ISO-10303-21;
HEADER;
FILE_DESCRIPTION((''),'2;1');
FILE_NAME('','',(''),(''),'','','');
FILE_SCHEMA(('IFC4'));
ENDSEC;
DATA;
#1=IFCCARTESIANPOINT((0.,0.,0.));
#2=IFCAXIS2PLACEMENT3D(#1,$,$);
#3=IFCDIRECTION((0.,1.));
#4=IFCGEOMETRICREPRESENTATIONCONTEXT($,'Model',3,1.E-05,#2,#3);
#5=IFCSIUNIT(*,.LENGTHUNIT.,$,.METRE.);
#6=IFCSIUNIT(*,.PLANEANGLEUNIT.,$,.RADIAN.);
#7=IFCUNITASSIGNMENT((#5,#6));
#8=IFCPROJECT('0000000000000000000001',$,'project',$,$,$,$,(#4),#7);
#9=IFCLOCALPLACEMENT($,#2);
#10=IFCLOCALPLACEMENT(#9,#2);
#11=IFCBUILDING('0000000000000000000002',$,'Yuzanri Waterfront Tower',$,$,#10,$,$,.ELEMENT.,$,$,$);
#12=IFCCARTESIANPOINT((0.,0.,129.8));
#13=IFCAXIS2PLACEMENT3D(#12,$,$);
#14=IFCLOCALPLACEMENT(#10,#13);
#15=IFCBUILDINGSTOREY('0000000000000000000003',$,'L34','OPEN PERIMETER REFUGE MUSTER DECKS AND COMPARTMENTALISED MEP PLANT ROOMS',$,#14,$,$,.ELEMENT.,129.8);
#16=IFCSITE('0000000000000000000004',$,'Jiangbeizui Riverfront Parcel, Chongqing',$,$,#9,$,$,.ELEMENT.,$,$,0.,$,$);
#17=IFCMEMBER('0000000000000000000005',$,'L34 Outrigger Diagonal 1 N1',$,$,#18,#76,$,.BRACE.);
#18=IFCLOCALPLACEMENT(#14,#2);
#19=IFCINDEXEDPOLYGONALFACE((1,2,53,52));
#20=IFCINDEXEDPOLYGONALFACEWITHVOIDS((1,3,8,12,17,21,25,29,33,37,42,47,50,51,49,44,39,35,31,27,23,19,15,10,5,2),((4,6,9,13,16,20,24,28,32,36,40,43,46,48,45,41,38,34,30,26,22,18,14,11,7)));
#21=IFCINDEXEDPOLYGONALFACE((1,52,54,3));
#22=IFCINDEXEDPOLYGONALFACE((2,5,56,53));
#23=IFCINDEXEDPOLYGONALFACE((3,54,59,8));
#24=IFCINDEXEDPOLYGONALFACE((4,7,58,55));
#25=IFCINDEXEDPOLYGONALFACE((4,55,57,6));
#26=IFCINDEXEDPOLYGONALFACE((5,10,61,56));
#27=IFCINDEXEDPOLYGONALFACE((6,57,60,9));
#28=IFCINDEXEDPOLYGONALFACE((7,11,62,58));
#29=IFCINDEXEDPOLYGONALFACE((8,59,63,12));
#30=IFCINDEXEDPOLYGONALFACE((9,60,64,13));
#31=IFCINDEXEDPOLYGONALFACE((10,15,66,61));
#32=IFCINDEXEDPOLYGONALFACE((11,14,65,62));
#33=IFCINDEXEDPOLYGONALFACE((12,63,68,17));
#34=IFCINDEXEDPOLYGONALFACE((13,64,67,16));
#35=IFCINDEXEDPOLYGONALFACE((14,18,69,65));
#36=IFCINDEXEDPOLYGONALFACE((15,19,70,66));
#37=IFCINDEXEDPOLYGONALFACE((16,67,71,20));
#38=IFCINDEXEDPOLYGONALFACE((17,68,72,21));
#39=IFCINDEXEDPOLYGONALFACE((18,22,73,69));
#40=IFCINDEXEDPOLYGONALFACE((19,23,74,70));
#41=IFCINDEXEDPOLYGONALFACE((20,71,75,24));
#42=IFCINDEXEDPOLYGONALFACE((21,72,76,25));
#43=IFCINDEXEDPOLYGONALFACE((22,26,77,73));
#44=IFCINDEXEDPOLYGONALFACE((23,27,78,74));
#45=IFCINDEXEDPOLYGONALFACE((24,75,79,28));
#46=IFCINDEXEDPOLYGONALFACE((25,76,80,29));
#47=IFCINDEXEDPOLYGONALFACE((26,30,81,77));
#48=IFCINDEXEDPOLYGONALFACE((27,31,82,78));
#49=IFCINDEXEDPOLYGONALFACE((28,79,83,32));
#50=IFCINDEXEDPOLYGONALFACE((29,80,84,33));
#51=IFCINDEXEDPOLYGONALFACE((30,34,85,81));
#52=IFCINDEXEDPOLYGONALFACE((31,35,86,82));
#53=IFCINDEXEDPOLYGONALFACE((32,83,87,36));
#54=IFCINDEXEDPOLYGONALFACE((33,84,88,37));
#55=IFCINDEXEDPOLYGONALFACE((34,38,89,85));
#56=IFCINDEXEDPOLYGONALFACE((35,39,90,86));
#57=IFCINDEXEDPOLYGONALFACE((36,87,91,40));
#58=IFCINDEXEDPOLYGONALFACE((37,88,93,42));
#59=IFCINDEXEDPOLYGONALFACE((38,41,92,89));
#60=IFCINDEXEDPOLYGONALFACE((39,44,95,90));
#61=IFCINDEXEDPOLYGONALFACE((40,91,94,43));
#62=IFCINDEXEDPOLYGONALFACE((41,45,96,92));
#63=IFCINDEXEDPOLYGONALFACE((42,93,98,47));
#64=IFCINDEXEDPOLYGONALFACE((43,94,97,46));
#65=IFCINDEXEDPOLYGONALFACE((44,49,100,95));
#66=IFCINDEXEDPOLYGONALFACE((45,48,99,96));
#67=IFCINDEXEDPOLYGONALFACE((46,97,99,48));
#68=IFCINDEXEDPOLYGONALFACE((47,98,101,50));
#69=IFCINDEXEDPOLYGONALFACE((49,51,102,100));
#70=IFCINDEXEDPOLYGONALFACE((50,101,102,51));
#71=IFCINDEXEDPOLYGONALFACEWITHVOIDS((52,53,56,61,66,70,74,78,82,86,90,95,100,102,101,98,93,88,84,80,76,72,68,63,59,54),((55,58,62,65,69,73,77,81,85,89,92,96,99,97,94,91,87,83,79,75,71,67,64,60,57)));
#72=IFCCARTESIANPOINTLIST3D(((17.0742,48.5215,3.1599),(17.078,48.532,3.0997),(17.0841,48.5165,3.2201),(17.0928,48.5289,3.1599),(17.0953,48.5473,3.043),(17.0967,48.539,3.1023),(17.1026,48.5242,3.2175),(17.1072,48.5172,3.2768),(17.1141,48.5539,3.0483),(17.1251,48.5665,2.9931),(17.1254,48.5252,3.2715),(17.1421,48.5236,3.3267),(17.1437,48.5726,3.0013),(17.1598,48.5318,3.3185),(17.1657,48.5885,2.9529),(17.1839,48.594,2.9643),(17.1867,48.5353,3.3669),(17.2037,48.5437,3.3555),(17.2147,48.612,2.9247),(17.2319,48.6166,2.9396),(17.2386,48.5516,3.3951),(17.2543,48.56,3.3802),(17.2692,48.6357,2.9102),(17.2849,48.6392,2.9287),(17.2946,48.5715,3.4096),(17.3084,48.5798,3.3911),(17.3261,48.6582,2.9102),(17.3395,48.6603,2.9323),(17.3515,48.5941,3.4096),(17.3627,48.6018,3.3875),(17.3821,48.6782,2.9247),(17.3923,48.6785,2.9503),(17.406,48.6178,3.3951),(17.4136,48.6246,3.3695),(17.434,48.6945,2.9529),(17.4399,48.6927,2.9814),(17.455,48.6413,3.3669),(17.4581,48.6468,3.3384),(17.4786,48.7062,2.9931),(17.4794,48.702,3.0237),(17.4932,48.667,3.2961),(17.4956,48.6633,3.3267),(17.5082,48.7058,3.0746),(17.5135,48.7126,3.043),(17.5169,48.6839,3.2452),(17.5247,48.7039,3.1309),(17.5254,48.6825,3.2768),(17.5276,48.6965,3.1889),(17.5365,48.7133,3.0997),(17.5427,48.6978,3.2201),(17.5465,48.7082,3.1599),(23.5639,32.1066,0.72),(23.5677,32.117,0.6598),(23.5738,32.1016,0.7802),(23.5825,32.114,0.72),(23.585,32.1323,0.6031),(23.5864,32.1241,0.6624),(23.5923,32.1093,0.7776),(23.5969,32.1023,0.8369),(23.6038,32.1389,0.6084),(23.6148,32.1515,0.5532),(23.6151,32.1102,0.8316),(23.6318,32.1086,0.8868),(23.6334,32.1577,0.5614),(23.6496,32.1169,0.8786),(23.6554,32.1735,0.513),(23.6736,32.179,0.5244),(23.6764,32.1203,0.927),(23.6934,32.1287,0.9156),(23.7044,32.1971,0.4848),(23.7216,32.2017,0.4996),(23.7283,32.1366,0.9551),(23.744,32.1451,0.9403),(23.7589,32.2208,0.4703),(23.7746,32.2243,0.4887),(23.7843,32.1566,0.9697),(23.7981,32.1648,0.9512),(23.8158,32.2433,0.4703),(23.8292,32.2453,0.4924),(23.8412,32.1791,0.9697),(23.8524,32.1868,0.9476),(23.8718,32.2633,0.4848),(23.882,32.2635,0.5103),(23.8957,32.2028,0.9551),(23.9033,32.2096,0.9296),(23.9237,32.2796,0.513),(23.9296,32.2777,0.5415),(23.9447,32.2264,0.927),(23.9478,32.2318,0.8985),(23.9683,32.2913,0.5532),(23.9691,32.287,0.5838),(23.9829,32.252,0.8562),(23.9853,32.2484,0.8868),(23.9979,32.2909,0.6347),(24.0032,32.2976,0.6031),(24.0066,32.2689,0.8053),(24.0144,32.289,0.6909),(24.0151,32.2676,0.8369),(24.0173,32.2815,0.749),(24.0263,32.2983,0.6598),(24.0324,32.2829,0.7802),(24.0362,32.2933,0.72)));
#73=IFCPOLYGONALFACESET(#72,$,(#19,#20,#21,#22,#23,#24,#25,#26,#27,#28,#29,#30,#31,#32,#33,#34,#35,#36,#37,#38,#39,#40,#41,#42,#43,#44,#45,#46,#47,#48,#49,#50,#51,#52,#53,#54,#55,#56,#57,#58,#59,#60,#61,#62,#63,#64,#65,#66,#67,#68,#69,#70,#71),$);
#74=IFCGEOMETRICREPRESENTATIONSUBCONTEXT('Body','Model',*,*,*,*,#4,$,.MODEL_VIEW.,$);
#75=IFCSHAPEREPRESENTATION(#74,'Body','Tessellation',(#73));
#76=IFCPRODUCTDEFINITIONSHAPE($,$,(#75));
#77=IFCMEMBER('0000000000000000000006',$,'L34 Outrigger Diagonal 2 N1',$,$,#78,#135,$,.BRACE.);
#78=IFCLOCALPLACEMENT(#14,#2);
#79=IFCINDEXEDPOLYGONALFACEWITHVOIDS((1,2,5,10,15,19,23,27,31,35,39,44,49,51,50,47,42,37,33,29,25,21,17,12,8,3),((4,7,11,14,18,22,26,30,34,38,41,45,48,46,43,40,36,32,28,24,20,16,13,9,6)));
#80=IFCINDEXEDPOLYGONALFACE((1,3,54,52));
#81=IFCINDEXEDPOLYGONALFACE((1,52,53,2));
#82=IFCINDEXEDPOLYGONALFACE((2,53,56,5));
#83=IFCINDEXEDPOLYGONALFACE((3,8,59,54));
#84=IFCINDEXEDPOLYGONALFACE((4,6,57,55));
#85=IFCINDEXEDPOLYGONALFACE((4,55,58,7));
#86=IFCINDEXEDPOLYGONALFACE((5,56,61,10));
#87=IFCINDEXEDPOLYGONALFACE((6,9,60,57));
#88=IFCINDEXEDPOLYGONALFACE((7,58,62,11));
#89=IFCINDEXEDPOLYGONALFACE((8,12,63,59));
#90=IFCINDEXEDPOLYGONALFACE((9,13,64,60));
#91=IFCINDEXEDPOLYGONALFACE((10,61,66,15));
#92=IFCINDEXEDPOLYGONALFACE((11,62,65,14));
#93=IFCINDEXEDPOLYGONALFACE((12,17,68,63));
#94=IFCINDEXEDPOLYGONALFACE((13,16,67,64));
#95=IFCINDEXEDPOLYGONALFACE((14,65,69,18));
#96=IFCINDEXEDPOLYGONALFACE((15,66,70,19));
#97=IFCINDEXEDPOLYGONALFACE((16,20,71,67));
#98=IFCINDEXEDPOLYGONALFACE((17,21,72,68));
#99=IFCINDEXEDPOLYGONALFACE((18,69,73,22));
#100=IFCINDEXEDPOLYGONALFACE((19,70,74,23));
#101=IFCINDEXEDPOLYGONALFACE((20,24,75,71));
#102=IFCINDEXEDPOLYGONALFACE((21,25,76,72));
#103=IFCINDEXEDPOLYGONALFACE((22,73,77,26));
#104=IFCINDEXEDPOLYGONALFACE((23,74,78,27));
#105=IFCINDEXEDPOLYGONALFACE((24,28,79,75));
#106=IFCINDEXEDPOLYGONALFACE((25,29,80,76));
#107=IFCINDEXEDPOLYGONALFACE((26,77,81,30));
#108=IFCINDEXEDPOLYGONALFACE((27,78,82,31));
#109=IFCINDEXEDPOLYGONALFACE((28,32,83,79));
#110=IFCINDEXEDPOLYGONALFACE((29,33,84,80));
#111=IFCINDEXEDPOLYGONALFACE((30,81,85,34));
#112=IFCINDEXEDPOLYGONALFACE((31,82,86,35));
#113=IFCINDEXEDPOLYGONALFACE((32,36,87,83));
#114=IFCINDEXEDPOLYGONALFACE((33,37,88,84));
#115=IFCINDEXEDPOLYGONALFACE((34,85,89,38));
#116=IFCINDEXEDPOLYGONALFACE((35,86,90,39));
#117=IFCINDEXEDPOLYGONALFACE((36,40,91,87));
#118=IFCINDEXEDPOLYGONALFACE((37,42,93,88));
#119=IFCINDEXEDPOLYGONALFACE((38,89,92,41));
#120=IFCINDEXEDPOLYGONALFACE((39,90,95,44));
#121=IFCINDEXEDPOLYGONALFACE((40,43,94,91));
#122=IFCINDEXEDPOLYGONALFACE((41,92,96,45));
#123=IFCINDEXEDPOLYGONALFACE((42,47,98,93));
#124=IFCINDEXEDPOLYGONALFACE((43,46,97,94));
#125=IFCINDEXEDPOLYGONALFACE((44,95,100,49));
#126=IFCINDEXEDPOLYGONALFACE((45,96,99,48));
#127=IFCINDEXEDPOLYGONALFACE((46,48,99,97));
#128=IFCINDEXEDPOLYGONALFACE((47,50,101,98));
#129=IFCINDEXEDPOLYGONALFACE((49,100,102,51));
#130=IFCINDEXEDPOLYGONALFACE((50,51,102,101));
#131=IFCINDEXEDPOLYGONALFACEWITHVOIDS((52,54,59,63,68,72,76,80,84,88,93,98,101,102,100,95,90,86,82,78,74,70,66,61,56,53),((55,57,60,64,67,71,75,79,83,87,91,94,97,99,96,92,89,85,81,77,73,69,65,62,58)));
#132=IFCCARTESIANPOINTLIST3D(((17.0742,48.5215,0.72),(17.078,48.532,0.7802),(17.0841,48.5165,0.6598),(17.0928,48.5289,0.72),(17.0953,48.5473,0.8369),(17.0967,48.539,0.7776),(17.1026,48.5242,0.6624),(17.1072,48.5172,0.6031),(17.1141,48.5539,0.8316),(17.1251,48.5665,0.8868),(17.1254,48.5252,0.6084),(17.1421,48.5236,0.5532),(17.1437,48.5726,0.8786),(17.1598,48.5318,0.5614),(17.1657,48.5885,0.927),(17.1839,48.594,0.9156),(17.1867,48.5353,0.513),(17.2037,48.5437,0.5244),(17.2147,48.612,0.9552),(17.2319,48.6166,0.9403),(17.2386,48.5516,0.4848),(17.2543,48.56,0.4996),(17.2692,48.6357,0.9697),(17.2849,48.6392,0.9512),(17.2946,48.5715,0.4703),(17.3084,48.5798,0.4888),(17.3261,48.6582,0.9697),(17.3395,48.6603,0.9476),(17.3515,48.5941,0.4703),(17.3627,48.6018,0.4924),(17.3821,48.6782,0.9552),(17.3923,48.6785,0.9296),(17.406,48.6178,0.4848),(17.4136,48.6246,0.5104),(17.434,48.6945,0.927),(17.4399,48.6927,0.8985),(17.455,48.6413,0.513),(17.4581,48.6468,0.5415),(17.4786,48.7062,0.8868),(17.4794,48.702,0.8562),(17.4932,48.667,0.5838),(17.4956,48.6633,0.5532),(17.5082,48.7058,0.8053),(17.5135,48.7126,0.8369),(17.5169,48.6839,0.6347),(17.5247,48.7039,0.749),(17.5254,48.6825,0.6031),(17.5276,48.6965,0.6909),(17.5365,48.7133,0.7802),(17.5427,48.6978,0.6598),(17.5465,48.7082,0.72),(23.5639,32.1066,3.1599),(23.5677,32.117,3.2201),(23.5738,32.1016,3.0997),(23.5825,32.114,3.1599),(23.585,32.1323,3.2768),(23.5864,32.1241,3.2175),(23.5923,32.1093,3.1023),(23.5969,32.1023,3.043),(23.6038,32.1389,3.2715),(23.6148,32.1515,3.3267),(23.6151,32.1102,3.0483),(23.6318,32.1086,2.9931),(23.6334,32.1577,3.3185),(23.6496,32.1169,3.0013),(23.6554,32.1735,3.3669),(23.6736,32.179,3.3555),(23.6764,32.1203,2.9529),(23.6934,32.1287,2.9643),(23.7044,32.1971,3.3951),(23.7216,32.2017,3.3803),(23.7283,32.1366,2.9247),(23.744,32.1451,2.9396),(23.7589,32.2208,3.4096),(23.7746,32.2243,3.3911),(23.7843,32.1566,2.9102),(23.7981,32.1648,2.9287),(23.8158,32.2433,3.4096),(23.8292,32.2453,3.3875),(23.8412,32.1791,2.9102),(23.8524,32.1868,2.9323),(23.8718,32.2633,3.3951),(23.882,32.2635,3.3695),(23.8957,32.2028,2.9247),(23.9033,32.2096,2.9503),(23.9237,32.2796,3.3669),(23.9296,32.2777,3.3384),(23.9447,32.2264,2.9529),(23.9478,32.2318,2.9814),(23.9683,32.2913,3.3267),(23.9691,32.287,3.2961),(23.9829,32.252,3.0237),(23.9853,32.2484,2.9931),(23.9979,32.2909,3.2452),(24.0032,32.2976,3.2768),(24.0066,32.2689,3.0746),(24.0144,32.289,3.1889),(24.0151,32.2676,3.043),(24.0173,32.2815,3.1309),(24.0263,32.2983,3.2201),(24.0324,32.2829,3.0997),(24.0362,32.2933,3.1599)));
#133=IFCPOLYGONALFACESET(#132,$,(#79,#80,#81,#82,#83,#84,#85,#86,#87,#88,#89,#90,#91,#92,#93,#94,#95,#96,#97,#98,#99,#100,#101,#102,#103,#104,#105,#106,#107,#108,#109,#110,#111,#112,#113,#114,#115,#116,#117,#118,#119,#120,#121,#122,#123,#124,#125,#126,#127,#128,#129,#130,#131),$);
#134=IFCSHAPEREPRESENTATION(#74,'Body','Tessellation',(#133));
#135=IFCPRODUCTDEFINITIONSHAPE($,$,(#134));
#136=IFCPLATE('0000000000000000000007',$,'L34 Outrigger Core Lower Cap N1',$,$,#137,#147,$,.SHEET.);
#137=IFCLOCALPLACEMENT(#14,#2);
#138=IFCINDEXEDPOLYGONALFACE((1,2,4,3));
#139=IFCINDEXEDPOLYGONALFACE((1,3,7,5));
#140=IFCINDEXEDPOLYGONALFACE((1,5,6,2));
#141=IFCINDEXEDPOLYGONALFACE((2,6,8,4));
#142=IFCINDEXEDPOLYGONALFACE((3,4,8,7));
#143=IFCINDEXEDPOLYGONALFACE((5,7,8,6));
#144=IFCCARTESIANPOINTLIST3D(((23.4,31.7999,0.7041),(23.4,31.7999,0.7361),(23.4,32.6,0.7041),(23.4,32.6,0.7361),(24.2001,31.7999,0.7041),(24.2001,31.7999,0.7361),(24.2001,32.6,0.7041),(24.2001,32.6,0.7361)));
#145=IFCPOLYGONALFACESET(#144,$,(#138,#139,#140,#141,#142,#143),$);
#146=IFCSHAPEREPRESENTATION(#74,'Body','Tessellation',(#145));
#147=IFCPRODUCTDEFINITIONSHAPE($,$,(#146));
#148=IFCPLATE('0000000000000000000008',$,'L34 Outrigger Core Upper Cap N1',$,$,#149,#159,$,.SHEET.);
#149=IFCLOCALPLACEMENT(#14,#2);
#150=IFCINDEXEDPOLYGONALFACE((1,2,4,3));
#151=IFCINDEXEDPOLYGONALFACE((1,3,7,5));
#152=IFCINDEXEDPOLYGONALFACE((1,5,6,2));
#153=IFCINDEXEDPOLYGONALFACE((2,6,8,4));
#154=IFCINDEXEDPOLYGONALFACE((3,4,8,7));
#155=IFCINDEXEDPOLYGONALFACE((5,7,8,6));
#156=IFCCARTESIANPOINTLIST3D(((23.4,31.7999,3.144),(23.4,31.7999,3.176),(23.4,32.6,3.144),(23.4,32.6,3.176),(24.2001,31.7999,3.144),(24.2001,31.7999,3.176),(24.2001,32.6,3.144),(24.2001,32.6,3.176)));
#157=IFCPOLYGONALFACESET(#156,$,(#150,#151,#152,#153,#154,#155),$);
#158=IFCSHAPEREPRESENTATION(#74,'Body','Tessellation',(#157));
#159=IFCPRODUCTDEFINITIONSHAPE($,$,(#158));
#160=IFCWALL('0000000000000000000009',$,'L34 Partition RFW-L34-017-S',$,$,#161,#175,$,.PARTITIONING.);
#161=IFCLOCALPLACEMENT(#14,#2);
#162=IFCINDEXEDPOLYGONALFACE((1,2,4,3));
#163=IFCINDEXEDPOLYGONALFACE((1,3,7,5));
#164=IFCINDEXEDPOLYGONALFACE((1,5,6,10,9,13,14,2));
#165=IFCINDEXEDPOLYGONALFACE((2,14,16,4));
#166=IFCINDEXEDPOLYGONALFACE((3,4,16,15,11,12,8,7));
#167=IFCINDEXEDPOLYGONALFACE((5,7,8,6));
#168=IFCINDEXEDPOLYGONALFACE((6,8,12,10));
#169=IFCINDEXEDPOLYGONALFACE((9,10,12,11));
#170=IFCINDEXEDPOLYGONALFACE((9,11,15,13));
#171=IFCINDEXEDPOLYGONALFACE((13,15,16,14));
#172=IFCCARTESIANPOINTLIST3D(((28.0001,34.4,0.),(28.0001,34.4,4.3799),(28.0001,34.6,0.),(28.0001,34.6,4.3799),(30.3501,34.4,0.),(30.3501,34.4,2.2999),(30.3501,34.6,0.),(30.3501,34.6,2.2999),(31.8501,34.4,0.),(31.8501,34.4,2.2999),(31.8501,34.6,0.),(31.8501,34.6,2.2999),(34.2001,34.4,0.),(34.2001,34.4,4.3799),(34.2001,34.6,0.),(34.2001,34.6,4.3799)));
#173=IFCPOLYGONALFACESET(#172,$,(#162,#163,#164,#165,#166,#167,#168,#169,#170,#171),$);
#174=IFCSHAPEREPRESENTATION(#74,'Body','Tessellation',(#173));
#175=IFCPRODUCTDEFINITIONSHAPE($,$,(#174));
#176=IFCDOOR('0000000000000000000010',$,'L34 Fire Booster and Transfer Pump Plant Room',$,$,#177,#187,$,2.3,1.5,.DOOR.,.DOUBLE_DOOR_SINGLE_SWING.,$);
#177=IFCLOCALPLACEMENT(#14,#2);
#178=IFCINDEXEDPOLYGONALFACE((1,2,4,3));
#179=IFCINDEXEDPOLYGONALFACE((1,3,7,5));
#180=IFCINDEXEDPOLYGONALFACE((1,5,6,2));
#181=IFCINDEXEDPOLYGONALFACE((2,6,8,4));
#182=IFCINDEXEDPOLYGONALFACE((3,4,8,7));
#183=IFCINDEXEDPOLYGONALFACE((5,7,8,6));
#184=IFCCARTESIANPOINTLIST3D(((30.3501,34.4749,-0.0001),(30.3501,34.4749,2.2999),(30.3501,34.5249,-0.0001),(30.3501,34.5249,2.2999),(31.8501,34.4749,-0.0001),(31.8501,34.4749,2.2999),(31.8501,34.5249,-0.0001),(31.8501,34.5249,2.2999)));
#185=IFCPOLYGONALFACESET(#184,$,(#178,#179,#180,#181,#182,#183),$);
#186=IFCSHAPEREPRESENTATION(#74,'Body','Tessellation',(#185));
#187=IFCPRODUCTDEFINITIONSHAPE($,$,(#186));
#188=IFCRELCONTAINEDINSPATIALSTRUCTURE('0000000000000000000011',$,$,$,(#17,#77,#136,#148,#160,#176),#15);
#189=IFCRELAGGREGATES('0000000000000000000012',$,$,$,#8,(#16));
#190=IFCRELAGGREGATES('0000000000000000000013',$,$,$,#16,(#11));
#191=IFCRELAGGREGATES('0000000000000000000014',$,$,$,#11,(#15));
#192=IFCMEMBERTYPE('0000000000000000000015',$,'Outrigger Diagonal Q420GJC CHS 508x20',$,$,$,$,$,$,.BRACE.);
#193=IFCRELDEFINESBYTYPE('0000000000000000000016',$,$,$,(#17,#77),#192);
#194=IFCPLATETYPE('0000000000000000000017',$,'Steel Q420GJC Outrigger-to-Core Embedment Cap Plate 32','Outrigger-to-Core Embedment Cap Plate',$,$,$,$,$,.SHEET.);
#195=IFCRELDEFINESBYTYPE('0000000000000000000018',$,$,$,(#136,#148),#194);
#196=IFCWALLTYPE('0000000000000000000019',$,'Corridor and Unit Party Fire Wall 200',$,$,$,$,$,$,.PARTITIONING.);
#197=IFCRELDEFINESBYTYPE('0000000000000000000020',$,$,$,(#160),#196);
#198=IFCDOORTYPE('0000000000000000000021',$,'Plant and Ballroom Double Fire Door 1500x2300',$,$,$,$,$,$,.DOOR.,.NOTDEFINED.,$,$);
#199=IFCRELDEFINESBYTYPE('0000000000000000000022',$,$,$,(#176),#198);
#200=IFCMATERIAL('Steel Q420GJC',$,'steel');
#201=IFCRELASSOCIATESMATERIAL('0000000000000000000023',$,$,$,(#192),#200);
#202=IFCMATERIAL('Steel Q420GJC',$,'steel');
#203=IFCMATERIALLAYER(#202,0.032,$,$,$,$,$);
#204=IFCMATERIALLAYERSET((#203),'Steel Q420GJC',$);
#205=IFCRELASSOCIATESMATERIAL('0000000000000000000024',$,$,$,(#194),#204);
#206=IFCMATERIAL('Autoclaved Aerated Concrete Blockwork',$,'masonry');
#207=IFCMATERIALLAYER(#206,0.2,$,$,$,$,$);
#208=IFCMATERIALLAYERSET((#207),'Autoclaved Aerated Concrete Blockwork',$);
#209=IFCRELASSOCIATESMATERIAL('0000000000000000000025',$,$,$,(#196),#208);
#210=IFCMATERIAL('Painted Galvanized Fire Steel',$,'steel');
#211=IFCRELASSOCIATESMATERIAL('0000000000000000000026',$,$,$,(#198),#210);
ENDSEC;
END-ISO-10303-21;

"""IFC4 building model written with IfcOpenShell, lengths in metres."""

from ifc_helpers import new_model, si_unit, direction, frame, frame_2d, origin, origin_2d, place, context, subcontext, project, spatial, rectangle, hollow_circle, extrude, source, transform, mapped, material, layer, layer_set, material_profile, profile_set, type_object, element, fill, save


model = new_model("IFC4")

# Units and contexts
model_context = context("Model", 3, precision=1e-05, world=origin(), true_north=direction((0.0, 1.0)))
body_context = subcontext(model_context, "Body", "Model", "MODEL_VIEW")
ifc_project = project(units=[si_unit("LENGTHUNIT", "METRE"), si_unit("PLANEANGLEUNIT", "RADIAN")], contexts=[model_context])

# Site, building, storey
site_placement = place(None, origin())
site = spatial("IfcSite", under=ifc_project, at=site_placement, Name="Jiangbeizui Riverfront Parcel, Chongqing", CompositionType="ELEMENT", RefElevation=0.0)
building_placement = place(site_placement, origin())
building = spatial("IfcBuilding", under=site, at=building_placement, Name="Yuzanri Waterfront Tower", CompositionType="ELEMENT")
storey_placement = place(building_placement, frame((0.0, 0.0, 129.8)))
storey = spatial("IfcBuildingStorey", under=building, at=storey_placement, Name="L34", Description="OPEN PERIMETER REFUGE MUSTER DECKS AND COMPARTMENTALISED MEP PLANT ROOMS", CompositionType="ELEMENT", Elevation=129.8)

# Members
ifc_material_1 = material(Name="Steel Q420GJC", Category="steel")
ifc_material_profile_1 = material_profile(ifc_material_1, hollow_circle(Radius=0.2539, WallThickness=0.02, at=origin_2d()), Name="CHS 508x20")
ifc_profile_set_1 = profile_set([ifc_material_profile_1], Name="Steel Q420GJC")
member_type_1 = type_object("IfcMemberType", Name="Outrigger Diagonal Q420GJC CHS 508x20", PredefinedType="BRACE", material=ifc_profile_set_1)
shared_shape_1 = source(origin(), body_context, "Body", "SweptSolid", [
    extrude(hollow_circle(Radius=0.2539, WallThickness=0.02, at=origin_2d()), origin(), (0.0, 0.0, 1.0), 17.8191),
])
for number, where, z_axis, x_axis, name in (
    (1, (23.8, 32.2, 0.72), (-0.3642, 0.9212, 0.136928), (-0.929959, -0.367663, 0.0), "L34 Outrigger Diagonal 1 N1"),
    (2, (23.8, 32.2, 3.1599), (-0.3642, 0.9212, -0.136928), (-0.929959, -0.367663, 0.0), "L34 Outrigger Diagonal 2 N1"),
):
    element("IfcMember", number, at=place(storey_placement, frame(where, z_axis=z_axis, x_axis=x_axis)), inside=storey, type_object=member_type_1, Name=name, PredefinedType="BRACE", context=body_context, shape_type="MappedRepresentation", body=[
        mapped(shared_shape_1, transform((0.0, 0.0, 0.0), scale=1.0)),
    ])

# Plates
ifc_material_2 = material(Name="Steel Q420GJC", Category="steel")
ifc_layer_1 = layer(ifc_material_2, 0.032)
ifc_layer_set_1 = layer_set([ifc_layer_1], Name="Steel Q420GJC")
plate_type = type_object("IfcPlateType", Name="Steel Q420GJC Outrigger-to-Core Embedment Cap Plate 32", Description="Outrigger-to-Core Embedment Cap Plate", PredefinedType="SHEET", material=ifc_layer_set_1)
shared_shape_2 = source(origin(), body_context, "Body", "SweptSolid", [
    extrude(rectangle(XDim=0.8, YDim=0.8, at=origin_2d()), origin(), (0.0, 0.0, 1.0), 0.032),
])
for number, where, z_axis, x_axis, name in (
    (3, (23.8, 32.2, 0.7041), (0.0, 0.0, 1.0), (1.0, 0.0, 0.0), "L34 Outrigger Core Lower Cap N1"),
    (4, (23.8, 32.2, 3.144), (0.0, 0.0, 1.0), (1.0, 0.0, 0.0), "L34 Outrigger Core Upper Cap N1"),
):
    element("IfcPlate", number, at=place(storey_placement, frame(where, z_axis=z_axis, x_axis=x_axis)), inside=storey, type_object=plate_type, Name=name, PredefinedType="SHEET", context=body_context, shape_type="MappedRepresentation", body=[
        mapped(shared_shape_2, transform((0.0, 0.0, 0.0), scale=1.0)),
    ])

# Wall, opening, door
ifc_material_3 = material(Name="Autoclaved Aerated Concrete Blockwork", Category="masonry")
ifc_layer_2 = layer(ifc_material_3, 0.2)
ifc_layer_set_2 = layer_set([ifc_layer_2], Name="Autoclaved Aerated Concrete Blockwork")
wall_type = type_object("IfcWallType", Name="Corridor and Unit Party Fire Wall 200", PredefinedType="PARTITIONING", material=ifc_layer_set_2)
wall_1_placement = place(storey_placement, frame((28.0, 34.5, 0.0), z_axis=(0.0, 0.0, 1.0), x_axis=(1.0, 0.0, 0.0)))
wall_1 = element("IfcWall", 5, at=wall_1_placement, inside=storey, type_object=wall_type, Name="L34 Partition RFW-L34-017-S", PredefinedType="PARTITIONING", context=body_context, shape_type="SweptSolid", body=[
    extrude(rectangle(XDim=6.2, YDim=0.2, at=frame_2d((3.1001, 0.0))), origin(), (0.0, 0.0, 1.0), 4.3799),
])
opening_1_placement = place(wall_1_placement, frame((2.3501, 0.0, 0.0)))
opening_1 = element("IfcOpeningElement", 6, at=opening_1_placement, cuts=wall_1, PredefinedType="OPENING", context=body_context, shape_type="SweptSolid", body=[
    extrude(rectangle(XDim=1.5, YDim=2.3, at=frame_2d((0.75, 1.1499))), frame((0.0, 0.1147, 0.0), z_axis=(0.0, -1.0, 0.0), x_axis=(1.0, 0.0, 0.0)), (0.0, 0.0, 1.0), 0.2297),
])
ifc_material_4 = material(Name="Painted Galvanized Fire Steel", Category="steel")
door_type = type_object("IfcDoorType", Name="Plant and Ballroom Double Fire Door 1500x2300", OperationType="NOTDEFINED", PredefinedType="DOOR", material=ifc_material_4)
shared_shape_3 = source(origin(), body_context, "Body", "SweptSolid", [
    extrude(rectangle(XDim=1.5, YDim=2.3, at=frame_2d((0.75, 1.1499))), frame((0.0, 0.0249, 0.0), z_axis=(0.0, -1.0, 0.0), x_axis=(1.0, 0.0, 0.0)), (0.0, 0.0, 1.0), 0.05),
])
door_1_placement = place(opening_1_placement, origin())
door_1 = element("IfcDoor", 7, at=door_1_placement, inside=storey, type_object=door_type, Name="L34 Fire Booster and Transfer Pump Plant Room", OperationType="DOUBLE_DOOR_SINGLE_SWING", OverallHeight=2.3, OverallWidth=1.5, PredefinedType="DOOR", context=body_context, shape_type="MappedRepresentation", body=[
    mapped(shared_shape_3, transform((0.0, 0.0, 0.0), scale=1.0)),
])
fill(opening_1, door_1)

save(model, "model.ifc")
